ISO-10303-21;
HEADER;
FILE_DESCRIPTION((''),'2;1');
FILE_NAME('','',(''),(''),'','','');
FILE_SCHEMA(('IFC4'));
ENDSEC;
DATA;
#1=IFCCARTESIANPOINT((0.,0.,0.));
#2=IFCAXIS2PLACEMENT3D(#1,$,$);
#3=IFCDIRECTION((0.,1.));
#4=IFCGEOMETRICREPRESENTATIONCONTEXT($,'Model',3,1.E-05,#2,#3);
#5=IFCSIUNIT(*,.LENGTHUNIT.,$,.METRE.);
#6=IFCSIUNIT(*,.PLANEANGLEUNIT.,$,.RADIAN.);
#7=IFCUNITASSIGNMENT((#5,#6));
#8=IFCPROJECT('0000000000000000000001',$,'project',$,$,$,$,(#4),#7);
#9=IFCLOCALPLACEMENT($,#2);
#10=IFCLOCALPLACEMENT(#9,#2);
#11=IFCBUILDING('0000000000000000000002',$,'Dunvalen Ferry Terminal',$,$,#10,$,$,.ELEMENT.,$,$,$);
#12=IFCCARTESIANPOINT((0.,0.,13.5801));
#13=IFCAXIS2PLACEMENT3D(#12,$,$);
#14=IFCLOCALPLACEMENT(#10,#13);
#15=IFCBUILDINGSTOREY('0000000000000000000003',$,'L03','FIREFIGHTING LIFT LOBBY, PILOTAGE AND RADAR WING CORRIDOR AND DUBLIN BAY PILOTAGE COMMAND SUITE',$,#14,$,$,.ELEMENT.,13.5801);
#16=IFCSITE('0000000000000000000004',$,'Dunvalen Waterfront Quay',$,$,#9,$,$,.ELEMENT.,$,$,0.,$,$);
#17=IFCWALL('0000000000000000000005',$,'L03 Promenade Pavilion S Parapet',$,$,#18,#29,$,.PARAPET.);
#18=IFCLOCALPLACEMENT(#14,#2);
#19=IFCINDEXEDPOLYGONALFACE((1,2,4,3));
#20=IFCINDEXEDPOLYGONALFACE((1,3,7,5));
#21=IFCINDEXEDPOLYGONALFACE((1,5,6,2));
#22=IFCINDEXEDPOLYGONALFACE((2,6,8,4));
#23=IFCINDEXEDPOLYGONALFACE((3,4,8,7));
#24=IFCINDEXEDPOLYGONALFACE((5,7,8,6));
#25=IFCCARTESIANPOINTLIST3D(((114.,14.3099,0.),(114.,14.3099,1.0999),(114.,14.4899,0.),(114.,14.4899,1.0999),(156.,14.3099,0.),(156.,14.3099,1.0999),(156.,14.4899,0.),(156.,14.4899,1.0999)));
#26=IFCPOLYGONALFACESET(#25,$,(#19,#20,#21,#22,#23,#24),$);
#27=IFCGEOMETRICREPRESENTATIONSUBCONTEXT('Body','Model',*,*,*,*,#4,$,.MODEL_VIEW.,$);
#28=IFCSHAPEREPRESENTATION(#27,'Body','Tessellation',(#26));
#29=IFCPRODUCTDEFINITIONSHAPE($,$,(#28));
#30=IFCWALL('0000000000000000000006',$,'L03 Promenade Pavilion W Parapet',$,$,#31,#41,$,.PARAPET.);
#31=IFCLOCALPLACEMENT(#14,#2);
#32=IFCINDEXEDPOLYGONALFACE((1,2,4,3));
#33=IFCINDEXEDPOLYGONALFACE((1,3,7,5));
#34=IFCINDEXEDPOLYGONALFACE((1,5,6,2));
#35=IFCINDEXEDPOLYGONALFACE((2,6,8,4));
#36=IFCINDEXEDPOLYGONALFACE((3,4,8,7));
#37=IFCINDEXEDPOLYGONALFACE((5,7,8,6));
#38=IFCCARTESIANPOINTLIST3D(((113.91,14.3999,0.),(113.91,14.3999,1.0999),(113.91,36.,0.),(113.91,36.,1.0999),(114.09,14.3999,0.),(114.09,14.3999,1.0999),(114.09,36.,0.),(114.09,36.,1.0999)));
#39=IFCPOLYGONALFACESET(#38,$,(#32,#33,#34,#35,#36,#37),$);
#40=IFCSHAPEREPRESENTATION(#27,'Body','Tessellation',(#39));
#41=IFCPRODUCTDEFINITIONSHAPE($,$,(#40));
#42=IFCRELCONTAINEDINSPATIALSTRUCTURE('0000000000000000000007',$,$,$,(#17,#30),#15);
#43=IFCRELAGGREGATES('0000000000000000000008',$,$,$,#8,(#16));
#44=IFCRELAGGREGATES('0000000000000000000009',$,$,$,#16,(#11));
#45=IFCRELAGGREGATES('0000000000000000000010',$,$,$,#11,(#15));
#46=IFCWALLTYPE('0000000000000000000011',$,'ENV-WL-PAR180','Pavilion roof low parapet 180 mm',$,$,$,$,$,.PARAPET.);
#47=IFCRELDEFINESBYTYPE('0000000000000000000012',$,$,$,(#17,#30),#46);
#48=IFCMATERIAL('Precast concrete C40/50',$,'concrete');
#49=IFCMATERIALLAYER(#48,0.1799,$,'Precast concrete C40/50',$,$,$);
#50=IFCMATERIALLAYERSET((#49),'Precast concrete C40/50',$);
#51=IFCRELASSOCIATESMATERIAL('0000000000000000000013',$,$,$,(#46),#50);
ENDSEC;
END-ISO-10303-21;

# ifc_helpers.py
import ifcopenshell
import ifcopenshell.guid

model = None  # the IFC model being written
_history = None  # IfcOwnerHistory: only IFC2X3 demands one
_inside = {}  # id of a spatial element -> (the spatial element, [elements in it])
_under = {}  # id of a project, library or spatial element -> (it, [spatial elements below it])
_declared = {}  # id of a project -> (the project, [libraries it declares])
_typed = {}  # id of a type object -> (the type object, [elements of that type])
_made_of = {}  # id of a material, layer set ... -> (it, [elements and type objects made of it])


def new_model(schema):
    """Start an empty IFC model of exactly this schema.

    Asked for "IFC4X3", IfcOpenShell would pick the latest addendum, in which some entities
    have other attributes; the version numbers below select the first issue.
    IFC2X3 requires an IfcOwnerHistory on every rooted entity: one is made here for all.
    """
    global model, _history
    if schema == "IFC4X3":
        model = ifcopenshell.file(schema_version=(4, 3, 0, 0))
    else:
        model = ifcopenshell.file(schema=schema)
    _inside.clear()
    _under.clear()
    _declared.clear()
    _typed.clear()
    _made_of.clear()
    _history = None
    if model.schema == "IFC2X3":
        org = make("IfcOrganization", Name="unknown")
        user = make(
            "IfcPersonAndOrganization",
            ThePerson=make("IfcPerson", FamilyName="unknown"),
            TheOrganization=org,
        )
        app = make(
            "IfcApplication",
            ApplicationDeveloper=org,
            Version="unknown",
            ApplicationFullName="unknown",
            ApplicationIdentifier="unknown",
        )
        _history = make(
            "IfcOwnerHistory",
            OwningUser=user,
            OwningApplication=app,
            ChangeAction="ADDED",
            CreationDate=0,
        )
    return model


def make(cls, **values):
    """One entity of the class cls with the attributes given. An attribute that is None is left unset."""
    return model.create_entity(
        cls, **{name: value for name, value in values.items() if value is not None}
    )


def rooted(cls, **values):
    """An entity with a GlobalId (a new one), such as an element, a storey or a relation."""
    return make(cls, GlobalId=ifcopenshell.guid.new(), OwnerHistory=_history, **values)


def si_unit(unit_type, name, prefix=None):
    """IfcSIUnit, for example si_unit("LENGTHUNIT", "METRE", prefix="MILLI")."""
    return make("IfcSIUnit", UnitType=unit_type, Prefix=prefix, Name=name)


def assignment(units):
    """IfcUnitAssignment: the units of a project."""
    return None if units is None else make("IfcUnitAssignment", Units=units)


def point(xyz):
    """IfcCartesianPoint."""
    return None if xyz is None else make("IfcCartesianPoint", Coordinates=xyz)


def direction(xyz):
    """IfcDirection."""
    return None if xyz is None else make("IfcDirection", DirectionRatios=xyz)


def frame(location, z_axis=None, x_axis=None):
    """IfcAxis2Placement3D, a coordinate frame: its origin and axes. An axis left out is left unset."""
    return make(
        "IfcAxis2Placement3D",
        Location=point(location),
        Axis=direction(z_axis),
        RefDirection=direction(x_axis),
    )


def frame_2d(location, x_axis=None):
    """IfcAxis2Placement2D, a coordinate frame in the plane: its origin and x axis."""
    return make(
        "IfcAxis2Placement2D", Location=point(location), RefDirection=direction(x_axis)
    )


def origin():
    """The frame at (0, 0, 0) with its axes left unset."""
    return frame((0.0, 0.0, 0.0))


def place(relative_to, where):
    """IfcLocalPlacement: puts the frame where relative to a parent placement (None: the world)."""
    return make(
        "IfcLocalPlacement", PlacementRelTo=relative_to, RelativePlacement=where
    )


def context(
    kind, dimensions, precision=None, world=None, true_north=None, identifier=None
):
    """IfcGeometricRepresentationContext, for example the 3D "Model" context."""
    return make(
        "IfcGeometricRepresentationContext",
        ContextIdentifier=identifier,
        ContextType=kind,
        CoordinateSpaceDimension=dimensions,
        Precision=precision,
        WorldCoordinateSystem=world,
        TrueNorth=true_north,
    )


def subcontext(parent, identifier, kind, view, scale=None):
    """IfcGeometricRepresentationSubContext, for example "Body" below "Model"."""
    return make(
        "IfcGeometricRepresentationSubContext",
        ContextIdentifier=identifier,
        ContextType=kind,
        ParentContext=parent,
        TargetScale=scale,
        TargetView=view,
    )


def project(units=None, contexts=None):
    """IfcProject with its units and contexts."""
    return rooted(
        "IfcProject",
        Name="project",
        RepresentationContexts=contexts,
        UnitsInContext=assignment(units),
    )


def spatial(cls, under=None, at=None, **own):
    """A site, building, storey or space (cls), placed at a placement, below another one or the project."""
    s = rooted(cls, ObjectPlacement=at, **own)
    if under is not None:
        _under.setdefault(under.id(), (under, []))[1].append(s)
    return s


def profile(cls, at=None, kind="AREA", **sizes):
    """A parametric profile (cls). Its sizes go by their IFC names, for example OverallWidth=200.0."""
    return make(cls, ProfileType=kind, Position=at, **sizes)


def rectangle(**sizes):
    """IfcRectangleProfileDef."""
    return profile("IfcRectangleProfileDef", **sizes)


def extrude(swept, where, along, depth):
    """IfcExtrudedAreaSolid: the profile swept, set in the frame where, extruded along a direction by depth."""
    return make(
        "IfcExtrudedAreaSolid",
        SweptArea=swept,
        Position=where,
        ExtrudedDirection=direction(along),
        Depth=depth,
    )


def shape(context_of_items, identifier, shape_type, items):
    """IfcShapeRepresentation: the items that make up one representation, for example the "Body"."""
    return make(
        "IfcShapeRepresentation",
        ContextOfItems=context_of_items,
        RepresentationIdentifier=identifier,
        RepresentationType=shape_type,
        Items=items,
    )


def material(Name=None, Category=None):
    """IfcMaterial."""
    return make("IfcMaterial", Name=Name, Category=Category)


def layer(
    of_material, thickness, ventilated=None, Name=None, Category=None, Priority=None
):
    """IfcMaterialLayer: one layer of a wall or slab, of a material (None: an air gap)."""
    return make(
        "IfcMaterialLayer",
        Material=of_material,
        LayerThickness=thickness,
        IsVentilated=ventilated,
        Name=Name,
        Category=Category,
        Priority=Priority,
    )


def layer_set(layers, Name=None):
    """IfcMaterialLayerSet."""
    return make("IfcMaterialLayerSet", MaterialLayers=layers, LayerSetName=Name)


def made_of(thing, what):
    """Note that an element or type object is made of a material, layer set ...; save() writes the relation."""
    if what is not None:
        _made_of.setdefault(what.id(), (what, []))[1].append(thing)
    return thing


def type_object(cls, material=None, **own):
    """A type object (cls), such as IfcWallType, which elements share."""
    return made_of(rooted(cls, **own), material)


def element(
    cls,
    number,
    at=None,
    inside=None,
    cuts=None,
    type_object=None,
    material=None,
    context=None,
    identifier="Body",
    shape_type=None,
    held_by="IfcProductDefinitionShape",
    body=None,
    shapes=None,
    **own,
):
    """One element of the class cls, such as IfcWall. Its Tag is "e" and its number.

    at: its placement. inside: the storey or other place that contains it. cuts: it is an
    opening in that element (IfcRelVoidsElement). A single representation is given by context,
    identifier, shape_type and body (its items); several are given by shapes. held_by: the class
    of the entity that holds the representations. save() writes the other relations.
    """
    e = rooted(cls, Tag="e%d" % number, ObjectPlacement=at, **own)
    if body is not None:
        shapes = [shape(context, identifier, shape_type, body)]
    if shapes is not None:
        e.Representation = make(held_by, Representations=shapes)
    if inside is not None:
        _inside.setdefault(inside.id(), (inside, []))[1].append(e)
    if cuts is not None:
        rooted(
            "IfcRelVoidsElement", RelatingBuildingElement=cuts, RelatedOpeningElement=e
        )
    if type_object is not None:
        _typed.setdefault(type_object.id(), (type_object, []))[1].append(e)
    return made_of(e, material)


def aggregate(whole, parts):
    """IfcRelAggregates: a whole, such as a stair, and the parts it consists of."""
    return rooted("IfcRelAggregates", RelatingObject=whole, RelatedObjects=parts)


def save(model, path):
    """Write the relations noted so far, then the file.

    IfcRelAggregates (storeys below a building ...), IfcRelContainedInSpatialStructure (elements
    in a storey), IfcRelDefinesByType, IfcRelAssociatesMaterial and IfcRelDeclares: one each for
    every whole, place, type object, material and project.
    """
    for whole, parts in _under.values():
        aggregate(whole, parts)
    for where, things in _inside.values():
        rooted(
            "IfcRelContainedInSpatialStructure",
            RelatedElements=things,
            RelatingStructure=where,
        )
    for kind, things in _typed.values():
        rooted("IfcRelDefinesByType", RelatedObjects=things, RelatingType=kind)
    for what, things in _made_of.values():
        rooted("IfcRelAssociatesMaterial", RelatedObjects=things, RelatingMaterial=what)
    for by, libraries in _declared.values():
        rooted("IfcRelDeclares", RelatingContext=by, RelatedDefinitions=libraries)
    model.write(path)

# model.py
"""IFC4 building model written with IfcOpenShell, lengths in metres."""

from ifc_helpers import new_model, si_unit, direction, frame, frame_2d, origin, place, context, subcontext, project, spatial, rectangle, extrude, material, layer, layer_set, type_object, element, save


model = new_model("IFC4")

# Units and contexts
model_context = context("Model", 3, precision=1e-05, world=origin(), true_north=direction((0.0, 1.0)))
body_context = subcontext(model_context, "Body", "Model", "MODEL_VIEW")
ifc_project = project(units=[si_unit("LENGTHUNIT", "METRE"), si_unit("PLANEANGLEUNIT", "RADIAN")], contexts=[model_context])

# Site, building, storey
site_placement = place(None, origin())
site = spatial("IfcSite", under=ifc_project, at=site_placement, Name="Dunvalen Waterfront Quay", CompositionType="ELEMENT", RefElevation=0.0)
building_placement = place(site_placement, origin())
building = spatial("IfcBuilding", under=site, at=building_placement, Name="Dunvalen Ferry Terminal", CompositionType="ELEMENT")
storey_placement = place(building_placement, frame((0.0, 0.0, 13.5801)))
storey = spatial("IfcBuildingStorey", under=building, at=storey_placement, Name="L03", Description="FIREFIGHTING LIFT LOBBY, PILOTAGE AND RADAR WING CORRIDOR AND DUBLIN BAY PILOTAGE COMMAND SUITE", CompositionType="ELEMENT", Elevation=13.5801)

# Walls
ifc_material_1 = material(Name="Precast concrete C40/50", Category="concrete")
ifc_layer = layer(ifc_material_1, 0.1799, Name="Precast concrete C40/50")
ifc_layer_set = layer_set([ifc_layer], Name="Precast concrete C40/50")
wall_type = type_object("IfcWallType", Name="ENV-WL-PAR180", Description="Pavilion roof low parapet 180 mm", PredefinedType="PARAPET", material=ifc_layer_set)
wall_1_placement = place(storey_placement, frame((114.0, 14.3999, 0.0), z_axis=(0.0, 0.0, 1.0), x_axis=(1.0, 0.0, 0.0)))
element("IfcWall", 1, at=wall_1_placement, inside=storey, type_object=wall_type, Name="L03 Promenade Pavilion S Parapet", PredefinedType="PARAPET", context=body_context, shape_type="SweptSolid", body=[
    extrude(rectangle(XDim=42.0, YDim=0.1799, at=frame_2d((21.0, 0.0))), origin(), (0.0, 0.0, 1.0), 1.0999),
])
wall_2_placement = place(storey_placement, frame((114.0, 36.0, 0.0), z_axis=(0.0, 0.0, 1.0), x_axis=(0.0, -1.0, 0.0)))
element("IfcWall", 2, at=wall_2_placement, inside=storey, type_object=wall_type, Name="L03 Promenade Pavilion W Parapet", PredefinedType="PARAPET", context=body_context, shape_type="SweptSolid", body=[
    extrude(rectangle(XDim=21.6001, YDim=0.1799, at=frame_2d((10.8, 0.0))), origin(), (0.0, 0.0, 1.0), 1.0999),
])

save(model, "model.ifc")
